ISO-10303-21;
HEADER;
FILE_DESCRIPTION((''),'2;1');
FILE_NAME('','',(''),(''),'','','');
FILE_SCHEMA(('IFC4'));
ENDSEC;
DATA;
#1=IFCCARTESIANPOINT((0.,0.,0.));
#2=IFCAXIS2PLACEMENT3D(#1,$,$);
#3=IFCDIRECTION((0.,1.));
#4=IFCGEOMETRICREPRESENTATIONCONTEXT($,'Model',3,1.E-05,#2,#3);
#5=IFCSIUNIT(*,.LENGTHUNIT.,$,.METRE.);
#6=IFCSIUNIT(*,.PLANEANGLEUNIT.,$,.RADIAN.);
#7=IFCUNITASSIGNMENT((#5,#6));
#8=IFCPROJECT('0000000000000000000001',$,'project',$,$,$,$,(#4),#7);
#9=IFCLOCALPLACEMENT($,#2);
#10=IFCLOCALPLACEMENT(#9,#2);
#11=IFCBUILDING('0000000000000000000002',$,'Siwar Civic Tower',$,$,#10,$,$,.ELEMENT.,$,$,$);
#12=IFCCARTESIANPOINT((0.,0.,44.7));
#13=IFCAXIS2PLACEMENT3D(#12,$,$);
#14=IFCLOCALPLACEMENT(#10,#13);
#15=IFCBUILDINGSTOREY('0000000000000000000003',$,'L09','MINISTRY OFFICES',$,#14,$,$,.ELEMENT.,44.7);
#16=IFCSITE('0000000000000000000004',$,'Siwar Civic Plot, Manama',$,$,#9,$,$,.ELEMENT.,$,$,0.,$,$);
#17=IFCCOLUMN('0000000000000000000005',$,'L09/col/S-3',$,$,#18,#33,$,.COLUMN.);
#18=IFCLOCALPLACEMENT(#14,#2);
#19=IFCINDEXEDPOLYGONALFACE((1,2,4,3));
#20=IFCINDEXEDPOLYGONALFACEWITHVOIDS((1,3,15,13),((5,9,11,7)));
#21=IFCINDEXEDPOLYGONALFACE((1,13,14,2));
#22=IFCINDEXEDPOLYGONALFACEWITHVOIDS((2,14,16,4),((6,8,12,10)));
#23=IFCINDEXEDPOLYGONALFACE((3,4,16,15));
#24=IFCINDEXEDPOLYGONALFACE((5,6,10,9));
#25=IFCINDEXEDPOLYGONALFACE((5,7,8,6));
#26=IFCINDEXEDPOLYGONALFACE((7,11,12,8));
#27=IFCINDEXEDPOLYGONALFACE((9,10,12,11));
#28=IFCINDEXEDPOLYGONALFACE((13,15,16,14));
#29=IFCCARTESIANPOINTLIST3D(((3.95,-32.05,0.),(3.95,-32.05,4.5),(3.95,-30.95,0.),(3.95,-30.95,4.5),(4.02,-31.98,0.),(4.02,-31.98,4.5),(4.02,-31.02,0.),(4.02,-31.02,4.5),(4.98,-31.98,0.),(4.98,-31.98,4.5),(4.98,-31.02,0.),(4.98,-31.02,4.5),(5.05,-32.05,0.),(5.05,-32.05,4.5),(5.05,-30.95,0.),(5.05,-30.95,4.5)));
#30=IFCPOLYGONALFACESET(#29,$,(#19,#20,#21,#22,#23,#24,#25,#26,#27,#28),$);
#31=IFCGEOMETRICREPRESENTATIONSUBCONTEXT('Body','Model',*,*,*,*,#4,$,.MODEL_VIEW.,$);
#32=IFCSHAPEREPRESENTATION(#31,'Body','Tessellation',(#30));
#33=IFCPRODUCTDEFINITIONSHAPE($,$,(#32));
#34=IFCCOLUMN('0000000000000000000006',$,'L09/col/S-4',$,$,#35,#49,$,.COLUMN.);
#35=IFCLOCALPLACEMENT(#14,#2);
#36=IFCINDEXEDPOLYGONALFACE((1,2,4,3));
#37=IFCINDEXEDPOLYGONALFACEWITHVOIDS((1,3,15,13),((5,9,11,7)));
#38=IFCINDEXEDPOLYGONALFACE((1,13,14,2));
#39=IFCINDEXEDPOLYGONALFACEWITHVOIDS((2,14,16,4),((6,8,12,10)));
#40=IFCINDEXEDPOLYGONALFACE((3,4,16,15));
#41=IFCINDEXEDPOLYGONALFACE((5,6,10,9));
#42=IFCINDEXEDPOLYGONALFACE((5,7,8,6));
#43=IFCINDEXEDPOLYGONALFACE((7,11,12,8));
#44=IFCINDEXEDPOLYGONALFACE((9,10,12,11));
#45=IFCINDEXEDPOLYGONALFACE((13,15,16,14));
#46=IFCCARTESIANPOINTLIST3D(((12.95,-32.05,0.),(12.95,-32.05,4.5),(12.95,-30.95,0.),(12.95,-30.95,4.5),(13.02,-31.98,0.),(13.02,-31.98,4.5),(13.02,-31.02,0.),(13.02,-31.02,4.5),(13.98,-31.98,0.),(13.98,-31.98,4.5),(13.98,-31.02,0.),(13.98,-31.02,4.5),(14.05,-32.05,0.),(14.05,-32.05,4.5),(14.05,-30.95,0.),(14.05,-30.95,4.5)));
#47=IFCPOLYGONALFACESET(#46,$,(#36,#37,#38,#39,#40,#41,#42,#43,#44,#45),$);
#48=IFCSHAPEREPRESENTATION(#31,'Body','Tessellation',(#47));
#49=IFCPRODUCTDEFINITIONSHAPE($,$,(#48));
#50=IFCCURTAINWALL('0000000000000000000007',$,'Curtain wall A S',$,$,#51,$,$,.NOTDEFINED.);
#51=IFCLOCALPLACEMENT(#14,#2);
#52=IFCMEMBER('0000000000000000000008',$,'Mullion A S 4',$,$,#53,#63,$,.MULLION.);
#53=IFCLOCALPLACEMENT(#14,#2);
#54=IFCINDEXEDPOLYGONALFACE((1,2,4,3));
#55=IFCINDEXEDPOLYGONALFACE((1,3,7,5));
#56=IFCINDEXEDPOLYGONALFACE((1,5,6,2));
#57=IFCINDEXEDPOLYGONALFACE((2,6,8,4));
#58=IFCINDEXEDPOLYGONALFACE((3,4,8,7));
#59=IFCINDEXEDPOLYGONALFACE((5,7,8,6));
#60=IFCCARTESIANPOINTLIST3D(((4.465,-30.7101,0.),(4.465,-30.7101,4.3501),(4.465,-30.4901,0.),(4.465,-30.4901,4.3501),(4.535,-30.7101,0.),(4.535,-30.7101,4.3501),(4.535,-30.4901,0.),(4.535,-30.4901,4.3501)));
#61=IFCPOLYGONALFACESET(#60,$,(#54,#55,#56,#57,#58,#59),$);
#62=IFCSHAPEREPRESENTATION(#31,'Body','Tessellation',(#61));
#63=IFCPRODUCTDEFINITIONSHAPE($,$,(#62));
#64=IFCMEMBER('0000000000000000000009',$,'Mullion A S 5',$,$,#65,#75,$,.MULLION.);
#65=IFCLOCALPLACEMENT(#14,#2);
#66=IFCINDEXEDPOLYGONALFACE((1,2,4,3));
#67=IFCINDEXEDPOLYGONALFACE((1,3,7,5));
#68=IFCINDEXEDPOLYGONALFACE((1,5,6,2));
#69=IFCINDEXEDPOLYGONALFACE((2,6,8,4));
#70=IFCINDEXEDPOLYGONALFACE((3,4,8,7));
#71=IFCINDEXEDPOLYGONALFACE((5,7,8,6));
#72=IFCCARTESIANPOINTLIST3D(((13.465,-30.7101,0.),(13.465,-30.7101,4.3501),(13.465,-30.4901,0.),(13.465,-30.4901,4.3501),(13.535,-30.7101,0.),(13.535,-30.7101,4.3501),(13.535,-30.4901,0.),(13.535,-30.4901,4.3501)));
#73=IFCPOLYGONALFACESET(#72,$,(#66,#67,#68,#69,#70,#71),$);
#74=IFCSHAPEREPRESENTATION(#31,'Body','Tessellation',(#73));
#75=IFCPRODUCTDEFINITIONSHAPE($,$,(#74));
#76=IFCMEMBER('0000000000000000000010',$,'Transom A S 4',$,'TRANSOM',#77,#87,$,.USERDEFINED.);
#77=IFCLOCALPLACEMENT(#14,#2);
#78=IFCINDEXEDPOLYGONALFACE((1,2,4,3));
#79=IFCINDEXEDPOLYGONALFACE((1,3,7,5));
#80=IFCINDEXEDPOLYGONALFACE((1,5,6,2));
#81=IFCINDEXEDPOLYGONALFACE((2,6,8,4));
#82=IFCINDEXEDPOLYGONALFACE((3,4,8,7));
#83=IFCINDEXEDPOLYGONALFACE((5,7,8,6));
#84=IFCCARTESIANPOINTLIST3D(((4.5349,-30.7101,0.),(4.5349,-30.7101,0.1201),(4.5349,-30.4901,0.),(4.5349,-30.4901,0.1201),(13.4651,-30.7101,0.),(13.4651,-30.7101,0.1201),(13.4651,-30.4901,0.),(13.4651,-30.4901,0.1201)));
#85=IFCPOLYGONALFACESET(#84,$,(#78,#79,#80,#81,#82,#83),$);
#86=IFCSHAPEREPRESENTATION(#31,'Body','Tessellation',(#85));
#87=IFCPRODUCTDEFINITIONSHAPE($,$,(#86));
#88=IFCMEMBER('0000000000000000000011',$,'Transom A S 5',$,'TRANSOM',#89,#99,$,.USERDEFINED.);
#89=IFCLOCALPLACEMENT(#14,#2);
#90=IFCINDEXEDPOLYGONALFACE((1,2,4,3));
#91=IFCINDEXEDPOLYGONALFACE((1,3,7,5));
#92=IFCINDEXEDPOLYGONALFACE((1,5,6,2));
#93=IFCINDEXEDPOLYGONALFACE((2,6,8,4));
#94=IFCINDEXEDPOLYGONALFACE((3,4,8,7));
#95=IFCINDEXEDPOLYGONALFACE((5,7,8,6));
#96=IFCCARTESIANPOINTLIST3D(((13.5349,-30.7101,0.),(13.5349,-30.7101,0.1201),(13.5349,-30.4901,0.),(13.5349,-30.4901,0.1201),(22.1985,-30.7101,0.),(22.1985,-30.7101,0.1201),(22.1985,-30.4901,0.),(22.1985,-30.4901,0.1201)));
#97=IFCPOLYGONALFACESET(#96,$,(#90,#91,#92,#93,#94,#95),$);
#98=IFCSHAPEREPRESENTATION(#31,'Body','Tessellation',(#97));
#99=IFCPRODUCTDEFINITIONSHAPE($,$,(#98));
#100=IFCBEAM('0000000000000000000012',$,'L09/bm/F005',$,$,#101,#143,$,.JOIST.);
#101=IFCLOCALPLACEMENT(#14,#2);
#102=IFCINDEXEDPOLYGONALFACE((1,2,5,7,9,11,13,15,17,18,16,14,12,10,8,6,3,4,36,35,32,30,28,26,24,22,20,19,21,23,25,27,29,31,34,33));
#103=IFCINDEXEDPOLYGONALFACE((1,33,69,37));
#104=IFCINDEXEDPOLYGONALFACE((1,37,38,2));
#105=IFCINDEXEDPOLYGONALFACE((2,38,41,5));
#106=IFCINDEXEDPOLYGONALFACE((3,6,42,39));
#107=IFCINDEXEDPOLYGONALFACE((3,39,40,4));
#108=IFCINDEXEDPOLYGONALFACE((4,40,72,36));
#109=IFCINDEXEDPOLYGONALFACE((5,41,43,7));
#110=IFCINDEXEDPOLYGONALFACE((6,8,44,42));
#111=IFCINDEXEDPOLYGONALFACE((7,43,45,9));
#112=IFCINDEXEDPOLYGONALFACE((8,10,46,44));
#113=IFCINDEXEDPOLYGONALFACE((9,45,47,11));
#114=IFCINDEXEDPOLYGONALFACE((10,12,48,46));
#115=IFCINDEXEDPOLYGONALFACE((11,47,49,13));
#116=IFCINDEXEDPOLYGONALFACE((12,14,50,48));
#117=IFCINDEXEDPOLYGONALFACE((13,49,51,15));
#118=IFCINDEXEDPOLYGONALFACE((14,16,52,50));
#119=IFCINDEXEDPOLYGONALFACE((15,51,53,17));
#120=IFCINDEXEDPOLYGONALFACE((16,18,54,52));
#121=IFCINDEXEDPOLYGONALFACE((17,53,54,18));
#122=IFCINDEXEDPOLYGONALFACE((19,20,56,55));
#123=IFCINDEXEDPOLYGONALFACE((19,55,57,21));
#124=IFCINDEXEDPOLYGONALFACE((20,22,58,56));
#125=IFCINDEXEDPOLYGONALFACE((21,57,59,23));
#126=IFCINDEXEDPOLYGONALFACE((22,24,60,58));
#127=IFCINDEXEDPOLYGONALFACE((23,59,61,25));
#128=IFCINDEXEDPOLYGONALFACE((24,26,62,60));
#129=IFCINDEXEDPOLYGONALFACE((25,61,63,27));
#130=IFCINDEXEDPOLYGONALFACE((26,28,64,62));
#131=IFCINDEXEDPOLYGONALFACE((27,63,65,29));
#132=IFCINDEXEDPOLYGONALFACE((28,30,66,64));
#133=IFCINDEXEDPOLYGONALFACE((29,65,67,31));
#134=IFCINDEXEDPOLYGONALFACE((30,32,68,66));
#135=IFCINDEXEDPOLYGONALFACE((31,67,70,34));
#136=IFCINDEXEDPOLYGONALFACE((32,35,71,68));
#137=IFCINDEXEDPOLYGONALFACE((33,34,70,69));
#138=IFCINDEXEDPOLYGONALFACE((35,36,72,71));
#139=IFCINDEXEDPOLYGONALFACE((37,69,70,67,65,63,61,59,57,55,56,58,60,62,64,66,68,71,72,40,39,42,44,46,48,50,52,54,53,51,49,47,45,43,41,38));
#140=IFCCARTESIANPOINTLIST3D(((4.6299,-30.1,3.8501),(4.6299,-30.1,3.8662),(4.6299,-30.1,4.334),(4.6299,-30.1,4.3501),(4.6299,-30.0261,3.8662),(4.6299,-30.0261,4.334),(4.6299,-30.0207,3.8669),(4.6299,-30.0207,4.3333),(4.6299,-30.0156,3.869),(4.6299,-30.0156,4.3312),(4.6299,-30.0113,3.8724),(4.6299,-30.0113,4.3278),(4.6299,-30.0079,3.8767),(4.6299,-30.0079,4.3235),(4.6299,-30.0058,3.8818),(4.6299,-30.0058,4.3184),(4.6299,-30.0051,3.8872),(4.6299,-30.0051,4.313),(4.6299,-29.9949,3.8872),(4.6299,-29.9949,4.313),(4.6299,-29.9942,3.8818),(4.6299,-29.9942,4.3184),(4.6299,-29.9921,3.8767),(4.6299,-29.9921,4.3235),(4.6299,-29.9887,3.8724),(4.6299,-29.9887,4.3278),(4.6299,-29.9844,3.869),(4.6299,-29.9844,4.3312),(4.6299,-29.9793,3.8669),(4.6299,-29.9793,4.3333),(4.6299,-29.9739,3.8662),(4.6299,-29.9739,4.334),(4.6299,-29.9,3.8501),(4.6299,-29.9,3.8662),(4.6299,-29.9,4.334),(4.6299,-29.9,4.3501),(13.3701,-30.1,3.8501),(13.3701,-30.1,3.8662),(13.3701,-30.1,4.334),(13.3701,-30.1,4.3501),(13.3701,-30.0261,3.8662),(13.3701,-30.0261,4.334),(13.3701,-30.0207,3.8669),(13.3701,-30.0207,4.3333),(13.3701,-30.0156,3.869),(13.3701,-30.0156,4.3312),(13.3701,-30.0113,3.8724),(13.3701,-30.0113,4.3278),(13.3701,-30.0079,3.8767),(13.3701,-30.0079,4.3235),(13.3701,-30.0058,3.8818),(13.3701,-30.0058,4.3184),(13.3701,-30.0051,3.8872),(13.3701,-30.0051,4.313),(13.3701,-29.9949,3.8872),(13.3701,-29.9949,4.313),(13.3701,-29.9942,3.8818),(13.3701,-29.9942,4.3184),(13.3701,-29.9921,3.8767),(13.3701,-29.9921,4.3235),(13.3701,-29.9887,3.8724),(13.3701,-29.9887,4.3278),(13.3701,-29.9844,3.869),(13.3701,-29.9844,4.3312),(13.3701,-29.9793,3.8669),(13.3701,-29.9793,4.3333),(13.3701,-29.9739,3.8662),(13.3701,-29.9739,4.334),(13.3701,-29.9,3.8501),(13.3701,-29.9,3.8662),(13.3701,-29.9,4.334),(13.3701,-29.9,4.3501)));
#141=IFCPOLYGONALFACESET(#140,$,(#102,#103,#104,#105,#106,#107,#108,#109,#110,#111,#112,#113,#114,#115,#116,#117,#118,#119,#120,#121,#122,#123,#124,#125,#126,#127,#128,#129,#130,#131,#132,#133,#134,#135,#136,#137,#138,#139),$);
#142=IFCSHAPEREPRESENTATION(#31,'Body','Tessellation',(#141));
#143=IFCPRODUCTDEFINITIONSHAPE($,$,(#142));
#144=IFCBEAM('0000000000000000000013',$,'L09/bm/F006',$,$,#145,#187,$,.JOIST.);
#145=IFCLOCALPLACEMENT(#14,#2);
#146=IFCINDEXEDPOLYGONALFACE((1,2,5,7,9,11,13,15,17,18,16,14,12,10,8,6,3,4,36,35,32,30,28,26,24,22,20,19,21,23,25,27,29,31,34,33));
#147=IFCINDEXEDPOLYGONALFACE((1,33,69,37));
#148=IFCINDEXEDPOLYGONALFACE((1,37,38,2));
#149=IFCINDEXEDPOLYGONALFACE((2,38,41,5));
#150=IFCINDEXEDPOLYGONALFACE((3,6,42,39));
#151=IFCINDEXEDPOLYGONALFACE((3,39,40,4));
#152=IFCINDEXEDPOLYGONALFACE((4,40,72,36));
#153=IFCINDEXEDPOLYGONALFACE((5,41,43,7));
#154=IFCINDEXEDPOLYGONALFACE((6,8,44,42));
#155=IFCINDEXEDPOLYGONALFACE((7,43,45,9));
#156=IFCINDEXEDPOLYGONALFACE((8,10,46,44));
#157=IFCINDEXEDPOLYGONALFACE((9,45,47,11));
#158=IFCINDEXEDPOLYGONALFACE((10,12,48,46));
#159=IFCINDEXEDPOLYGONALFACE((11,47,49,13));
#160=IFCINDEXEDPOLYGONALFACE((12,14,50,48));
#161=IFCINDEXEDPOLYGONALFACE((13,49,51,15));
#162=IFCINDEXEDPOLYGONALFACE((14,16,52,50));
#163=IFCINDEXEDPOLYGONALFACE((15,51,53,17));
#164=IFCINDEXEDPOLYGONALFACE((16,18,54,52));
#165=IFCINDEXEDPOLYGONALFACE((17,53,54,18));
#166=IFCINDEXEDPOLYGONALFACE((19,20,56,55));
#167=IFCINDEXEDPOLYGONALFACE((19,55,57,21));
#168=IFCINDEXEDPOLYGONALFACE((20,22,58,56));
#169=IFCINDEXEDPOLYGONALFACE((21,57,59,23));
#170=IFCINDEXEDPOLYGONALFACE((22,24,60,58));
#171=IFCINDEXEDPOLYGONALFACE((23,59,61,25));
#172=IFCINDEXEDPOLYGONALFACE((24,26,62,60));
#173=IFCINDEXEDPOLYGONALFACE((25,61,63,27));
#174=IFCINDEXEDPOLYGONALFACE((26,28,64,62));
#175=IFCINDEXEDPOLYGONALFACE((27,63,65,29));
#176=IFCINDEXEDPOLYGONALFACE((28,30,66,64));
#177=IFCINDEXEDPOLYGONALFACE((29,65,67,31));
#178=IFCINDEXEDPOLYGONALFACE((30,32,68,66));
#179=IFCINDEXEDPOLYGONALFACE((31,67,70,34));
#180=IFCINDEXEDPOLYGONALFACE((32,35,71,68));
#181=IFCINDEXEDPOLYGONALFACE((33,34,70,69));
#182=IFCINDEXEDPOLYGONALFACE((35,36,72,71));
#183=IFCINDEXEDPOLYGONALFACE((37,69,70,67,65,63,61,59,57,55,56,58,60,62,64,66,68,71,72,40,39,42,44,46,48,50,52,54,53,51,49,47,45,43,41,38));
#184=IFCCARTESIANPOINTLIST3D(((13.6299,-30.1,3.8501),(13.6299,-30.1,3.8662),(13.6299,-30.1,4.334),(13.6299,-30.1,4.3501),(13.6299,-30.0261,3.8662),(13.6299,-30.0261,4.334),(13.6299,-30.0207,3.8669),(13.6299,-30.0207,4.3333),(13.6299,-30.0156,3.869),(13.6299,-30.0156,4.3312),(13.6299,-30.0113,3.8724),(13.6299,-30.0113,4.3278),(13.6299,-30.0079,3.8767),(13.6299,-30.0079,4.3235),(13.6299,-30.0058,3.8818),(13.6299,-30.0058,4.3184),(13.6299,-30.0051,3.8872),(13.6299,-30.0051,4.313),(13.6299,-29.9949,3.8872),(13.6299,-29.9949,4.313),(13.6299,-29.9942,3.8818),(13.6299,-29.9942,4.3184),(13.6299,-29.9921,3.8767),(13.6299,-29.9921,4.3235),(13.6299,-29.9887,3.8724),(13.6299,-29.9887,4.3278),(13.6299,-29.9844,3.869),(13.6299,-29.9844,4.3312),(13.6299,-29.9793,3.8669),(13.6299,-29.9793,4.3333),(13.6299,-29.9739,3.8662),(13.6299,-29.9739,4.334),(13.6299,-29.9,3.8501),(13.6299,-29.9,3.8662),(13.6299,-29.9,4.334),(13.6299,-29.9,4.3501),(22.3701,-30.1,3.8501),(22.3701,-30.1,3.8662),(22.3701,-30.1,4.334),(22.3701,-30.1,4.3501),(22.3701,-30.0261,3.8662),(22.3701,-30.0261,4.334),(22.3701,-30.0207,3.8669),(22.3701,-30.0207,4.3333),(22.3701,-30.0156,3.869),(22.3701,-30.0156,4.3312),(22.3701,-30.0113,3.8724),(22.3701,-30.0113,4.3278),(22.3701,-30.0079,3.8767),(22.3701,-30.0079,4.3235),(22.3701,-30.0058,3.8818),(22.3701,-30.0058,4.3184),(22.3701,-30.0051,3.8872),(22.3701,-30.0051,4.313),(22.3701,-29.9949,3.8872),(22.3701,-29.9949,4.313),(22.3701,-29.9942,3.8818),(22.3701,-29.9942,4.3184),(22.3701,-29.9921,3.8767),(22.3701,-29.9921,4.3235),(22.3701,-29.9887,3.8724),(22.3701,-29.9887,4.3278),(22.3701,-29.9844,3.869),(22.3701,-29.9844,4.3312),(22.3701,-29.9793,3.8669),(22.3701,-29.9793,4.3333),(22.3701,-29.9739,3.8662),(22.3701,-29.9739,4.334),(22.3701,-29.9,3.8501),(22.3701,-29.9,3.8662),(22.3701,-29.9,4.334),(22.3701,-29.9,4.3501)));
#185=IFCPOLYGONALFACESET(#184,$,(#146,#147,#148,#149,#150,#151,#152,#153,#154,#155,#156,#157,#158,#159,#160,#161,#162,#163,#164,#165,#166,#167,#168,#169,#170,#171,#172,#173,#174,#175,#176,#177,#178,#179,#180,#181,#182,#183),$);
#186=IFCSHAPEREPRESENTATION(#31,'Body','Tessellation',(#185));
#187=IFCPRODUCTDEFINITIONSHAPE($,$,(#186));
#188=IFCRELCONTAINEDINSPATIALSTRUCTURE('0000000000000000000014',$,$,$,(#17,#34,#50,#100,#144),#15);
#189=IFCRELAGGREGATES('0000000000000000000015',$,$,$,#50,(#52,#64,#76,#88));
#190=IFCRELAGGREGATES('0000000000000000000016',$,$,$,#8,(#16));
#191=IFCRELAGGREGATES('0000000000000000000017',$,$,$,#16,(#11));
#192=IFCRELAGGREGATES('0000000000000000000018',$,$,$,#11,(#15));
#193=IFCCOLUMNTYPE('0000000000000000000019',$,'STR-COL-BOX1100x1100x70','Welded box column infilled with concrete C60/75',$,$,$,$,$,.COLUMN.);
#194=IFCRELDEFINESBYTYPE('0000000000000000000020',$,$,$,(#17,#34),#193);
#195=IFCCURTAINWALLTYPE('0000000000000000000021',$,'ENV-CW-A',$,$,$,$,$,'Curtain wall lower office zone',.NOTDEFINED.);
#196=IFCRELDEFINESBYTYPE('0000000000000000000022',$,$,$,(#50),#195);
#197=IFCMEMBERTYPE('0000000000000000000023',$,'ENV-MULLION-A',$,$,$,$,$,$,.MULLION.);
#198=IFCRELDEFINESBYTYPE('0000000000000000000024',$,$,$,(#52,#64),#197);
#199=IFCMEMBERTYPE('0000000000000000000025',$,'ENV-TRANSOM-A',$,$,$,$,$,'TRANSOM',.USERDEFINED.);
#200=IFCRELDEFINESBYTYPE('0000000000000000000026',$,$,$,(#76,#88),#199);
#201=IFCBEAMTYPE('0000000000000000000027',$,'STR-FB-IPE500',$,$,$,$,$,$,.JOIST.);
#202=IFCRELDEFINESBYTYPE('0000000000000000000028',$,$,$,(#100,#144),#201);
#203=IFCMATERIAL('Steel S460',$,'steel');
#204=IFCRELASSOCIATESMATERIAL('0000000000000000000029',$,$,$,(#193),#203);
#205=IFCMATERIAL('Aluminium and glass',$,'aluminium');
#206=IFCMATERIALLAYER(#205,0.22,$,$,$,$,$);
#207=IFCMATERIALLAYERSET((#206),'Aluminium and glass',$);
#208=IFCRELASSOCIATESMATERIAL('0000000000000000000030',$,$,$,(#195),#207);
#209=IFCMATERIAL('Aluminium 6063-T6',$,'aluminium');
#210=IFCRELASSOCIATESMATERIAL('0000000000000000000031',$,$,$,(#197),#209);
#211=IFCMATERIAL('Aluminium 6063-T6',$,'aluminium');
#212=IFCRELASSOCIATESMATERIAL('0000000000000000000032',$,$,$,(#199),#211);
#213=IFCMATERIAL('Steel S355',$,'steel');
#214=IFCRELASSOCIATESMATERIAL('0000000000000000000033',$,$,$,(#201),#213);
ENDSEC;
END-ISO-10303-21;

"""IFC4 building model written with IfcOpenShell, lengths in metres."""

from ifc_helpers import new_model, si_unit, direction, frame, origin, origin_2d, place, context, subcontext, project, spatial, rectangle, hollow_rectangle, i_section, extrude, material, layer, layer_set, material_profile, profile_set, type_object, element, aggregate, save


model = new_model("IFC4")

# Units and contexts
model_context = context("Model", 3, precision=1e-05, world=origin(), true_north=direction((0.0, 1.0)))
body_context = subcontext(model_context, "Body", "Model", "MODEL_VIEW")
ifc_project = project(units=[si_unit("LENGTHUNIT", "METRE"), si_unit("PLANEANGLEUNIT", "RADIAN")], contexts=[model_context])

# Site, building, storey
site_placement = place(None, origin())
site = spatial("IfcSite", under=ifc_project, at=site_placement, Name="Siwar Civic Plot, Manama", CompositionType="ELEMENT", RefElevation=0.0)
building_placement = place(site_placement, origin())
building = spatial("IfcBuilding", under=site, at=building_placement, Name="Siwar Civic Tower", CompositionType="ELEMENT")
storey_placement = place(building_placement, frame((0.0, 0.0, 44.7)))
storey = spatial("IfcBuildingStorey", under=building, at=storey_placement, Name="L09", Description="MINISTRY OFFICES", CompositionType="ELEMENT", Elevation=44.7)

# Columns
ifc_material_1 = material(Name="Steel S460", Category="steel")
ifc_material_profile_1 = material_profile(ifc_material_1, hollow_rectangle(XDim=1.1001, YDim=1.1001, WallThickness=0.0701, at=origin_2d()), Name="BOX1100x1100x70")
ifc_profile_set_1 = profile_set([ifc_material_profile_1], Name="Steel S460")
column_type = type_object("IfcColumnType", Name="STR-COL-BOX1100x1100x70", Description="Welded box column infilled with concrete C60/75", PredefinedType="COLUMN", material=ifc_profile_set_1)
for number, where, z_axis, x_axis, name in (
    (1, (4.5, -31.5, 0.0), (0.0, 0.0, 1.0), (1.0, 0.0, 0.0), "L09/col/S-3"),
    (2, (13.5, -31.5, 0.0), (0.0, 0.0, 1.0), (1.0, 0.0, 0.0), "L09/col/S-4"),
):
    element("IfcColumn", number, at=place(storey_placement, frame(where, z_axis=z_axis, x_axis=x_axis)), inside=storey, type_object=column_type, Name=name, PredefinedType="COLUMN", context=body_context, shape_type="SweptSolid", body=[
        extrude(hollow_rectangle(XDim=1.1001, YDim=1.1001, WallThickness=0.0701, at=origin_2d()), origin(), (0.0, 0.0, 1.0), 4.5),
    ])

# Curtain wall, members
ifc_material_2 = material(Name="Aluminium and glass", Category="aluminium")
ifc_layer_1 = layer(ifc_material_2, 0.22)
ifc_layer_set_1 = layer_set([ifc_layer_1], Name="Aluminium and glass")
curtain_wall_type = type_object("IfcCurtainWallType", Name="ENV-CW-A", ElementType="Curtain wall lower office zone", PredefinedType="NOTDEFINED", material=ifc_layer_set_1)
curtain_wall_placement = place(storey_placement, origin())
curtain_wall = element("IfcCurtainWall", 3, at=curtain_wall_placement, inside=storey, type_object=curtain_wall_type, Name="Curtain wall A S", PredefinedType="NOTDEFINED")
ifc_material_3 = material(Name="Aluminium 6063-T6", Category="aluminium")
ifc_material_profile_2 = material_profile(ifc_material_3, rectangle(XDim=0.22, YDim=0.0701, at=origin_2d()), Name="AL 220x70")
ifc_profile_set_2 = profile_set([ifc_material_profile_2], Name="Aluminium 6063-T6")
member_type_1 = type_object("IfcMemberType", Name="ENV-MULLION-A", PredefinedType="MULLION", material=ifc_profile_set_2)
member_1_placement = place(storey_placement, frame((4.5, -30.6001, 0.0), z_axis=(0.0, 0.0, 1.0), x_axis=(0.0, 1.0, 0.0)))
member_1 = element("IfcMember", 4, at=member_1_placement, type_object=member_type_1, Name="Mullion A S 4", PredefinedType="MULLION", context=body_context, shape_type="SweptSolid", body=[
    extrude(rectangle(XDim=0.22, YDim=0.0701, at=origin_2d()), origin(), (0.0, 0.0, 1.0), 4.3501),
])
member_2_placement = place(storey_placement, frame((13.5, -30.6001, 0.0), z_axis=(0.0, 0.0, 1.0), x_axis=(0.0, 1.0, 0.0)))
member_2 = element("IfcMember", 5, at=member_2_placement, type_object=member_type_1, Name="Mullion A S 5", PredefinedType="MULLION", context=body_context, shape_type="SweptSolid", body=[
    extrude(rectangle(XDim=0.22, YDim=0.0701, at=origin_2d()), origin(), (0.0, 0.0, 1.0), 4.3501),
])
ifc_material_4 = material(Name="Aluminium 6063-T6", Category="aluminium")
ifc_material_profile_3 = material_profile(ifc_material_4, rectangle(XDim=0.22, YDim=0.1201, at=origin_2d()), Name="AL 220x120")
ifc_profile_set_3 = profile_set([ifc_material_profile_3], Name="Aluminium 6063-T6")
member_type_2 = type_object("IfcMemberType", Name="ENV-TRANSOM-A", ElementType="TRANSOM", PredefinedType="USERDEFINED", material=ifc_profile_set_3)
member_3_placement = place(storey_placement, frame((4.5349, -30.6001, 0.0601), z_axis=(1.0, 0.0, 0.0), x_axis=(0.0, 1.0, 0.0)))
member_3 = element("IfcMember", 6, at=member_3_placement, type_object=member_type_2, Name="Transom A S 4", ObjectType="TRANSOM", PredefinedType="USERDEFINED", context=body_context, shape_type="SweptSolid", body=[
    extrude(rectangle(XDim=0.22, YDim=0.1201, at=origin_2d()), origin(), (0.0, 0.0, 1.0), 8.9302),
])
member_4_placement = place(storey_placement, frame((13.5349, -30.6001, 0.0601), z_axis=(1.0, 0.0, 0.0), x_axis=(0.0, 1.0, 0.0)))
member_4 = element("IfcMember", 7, at=member_4_placement, type_object=member_type_2, Name="Transom A S 5", ObjectType="TRANSOM", PredefinedType="USERDEFINED", context=body_context, shape_type="SweptSolid", body=[
    extrude(rectangle(XDim=0.22, YDim=0.1201, at=origin_2d()), origin(), (0.0, 0.0, 1.0), 8.6636),
])

# Beams
ifc_material_5 = material(Name="Steel S355", Category="steel")
ifc_material_profile_4 = material_profile(ifc_material_5, i_section(OverallWidth=0.2, OverallDepth=0.5, WebThickness=0.0103, FlangeThickness=0.0161, FilletRadius=0.021, at=origin_2d()), Name="IPE500")
ifc_profile_set_4 = profile_set([ifc_material_profile_4], Name="Steel S355")
beam_type_1 = type_object("IfcBeamType", Name="STR-FB-IPE500", PredefinedType="JOIST", material=ifc_profile_set_4)
for number, where, z_axis, x_axis, name in (
    (8, (4.6299, -30.0, 4.1001), (1.0, 0.0, 0.0), (0.0, 1.0, 0.0), "L09/bm/F005"),
    (9, (13.6299, -30.0, 4.1001), (1.0, 0.0, 0.0), (0.0, 1.0, 0.0), "L09/bm/F006"),
):
    element("IfcBeam", number, at=place(storey_placement, frame(where, z_axis=z_axis, x_axis=x_axis)), inside=storey, type_object=beam_type_1, Name=name, PredefinedType="JOIST", context=body_context, shape_type="SweptSolid", body=[
        extrude(i_section(OverallWidth=0.2, OverallDepth=0.5, WebThickness=0.0103, FlangeThickness=0.0161, FilletRadius=0.021, at=origin_2d()), origin(), (0.0, 0.0, 1.0), 8.7402),
    ])

aggregate(curtain_wall, [member_1, member_2, member_3, member_4])

save(model, "model.ifc")
